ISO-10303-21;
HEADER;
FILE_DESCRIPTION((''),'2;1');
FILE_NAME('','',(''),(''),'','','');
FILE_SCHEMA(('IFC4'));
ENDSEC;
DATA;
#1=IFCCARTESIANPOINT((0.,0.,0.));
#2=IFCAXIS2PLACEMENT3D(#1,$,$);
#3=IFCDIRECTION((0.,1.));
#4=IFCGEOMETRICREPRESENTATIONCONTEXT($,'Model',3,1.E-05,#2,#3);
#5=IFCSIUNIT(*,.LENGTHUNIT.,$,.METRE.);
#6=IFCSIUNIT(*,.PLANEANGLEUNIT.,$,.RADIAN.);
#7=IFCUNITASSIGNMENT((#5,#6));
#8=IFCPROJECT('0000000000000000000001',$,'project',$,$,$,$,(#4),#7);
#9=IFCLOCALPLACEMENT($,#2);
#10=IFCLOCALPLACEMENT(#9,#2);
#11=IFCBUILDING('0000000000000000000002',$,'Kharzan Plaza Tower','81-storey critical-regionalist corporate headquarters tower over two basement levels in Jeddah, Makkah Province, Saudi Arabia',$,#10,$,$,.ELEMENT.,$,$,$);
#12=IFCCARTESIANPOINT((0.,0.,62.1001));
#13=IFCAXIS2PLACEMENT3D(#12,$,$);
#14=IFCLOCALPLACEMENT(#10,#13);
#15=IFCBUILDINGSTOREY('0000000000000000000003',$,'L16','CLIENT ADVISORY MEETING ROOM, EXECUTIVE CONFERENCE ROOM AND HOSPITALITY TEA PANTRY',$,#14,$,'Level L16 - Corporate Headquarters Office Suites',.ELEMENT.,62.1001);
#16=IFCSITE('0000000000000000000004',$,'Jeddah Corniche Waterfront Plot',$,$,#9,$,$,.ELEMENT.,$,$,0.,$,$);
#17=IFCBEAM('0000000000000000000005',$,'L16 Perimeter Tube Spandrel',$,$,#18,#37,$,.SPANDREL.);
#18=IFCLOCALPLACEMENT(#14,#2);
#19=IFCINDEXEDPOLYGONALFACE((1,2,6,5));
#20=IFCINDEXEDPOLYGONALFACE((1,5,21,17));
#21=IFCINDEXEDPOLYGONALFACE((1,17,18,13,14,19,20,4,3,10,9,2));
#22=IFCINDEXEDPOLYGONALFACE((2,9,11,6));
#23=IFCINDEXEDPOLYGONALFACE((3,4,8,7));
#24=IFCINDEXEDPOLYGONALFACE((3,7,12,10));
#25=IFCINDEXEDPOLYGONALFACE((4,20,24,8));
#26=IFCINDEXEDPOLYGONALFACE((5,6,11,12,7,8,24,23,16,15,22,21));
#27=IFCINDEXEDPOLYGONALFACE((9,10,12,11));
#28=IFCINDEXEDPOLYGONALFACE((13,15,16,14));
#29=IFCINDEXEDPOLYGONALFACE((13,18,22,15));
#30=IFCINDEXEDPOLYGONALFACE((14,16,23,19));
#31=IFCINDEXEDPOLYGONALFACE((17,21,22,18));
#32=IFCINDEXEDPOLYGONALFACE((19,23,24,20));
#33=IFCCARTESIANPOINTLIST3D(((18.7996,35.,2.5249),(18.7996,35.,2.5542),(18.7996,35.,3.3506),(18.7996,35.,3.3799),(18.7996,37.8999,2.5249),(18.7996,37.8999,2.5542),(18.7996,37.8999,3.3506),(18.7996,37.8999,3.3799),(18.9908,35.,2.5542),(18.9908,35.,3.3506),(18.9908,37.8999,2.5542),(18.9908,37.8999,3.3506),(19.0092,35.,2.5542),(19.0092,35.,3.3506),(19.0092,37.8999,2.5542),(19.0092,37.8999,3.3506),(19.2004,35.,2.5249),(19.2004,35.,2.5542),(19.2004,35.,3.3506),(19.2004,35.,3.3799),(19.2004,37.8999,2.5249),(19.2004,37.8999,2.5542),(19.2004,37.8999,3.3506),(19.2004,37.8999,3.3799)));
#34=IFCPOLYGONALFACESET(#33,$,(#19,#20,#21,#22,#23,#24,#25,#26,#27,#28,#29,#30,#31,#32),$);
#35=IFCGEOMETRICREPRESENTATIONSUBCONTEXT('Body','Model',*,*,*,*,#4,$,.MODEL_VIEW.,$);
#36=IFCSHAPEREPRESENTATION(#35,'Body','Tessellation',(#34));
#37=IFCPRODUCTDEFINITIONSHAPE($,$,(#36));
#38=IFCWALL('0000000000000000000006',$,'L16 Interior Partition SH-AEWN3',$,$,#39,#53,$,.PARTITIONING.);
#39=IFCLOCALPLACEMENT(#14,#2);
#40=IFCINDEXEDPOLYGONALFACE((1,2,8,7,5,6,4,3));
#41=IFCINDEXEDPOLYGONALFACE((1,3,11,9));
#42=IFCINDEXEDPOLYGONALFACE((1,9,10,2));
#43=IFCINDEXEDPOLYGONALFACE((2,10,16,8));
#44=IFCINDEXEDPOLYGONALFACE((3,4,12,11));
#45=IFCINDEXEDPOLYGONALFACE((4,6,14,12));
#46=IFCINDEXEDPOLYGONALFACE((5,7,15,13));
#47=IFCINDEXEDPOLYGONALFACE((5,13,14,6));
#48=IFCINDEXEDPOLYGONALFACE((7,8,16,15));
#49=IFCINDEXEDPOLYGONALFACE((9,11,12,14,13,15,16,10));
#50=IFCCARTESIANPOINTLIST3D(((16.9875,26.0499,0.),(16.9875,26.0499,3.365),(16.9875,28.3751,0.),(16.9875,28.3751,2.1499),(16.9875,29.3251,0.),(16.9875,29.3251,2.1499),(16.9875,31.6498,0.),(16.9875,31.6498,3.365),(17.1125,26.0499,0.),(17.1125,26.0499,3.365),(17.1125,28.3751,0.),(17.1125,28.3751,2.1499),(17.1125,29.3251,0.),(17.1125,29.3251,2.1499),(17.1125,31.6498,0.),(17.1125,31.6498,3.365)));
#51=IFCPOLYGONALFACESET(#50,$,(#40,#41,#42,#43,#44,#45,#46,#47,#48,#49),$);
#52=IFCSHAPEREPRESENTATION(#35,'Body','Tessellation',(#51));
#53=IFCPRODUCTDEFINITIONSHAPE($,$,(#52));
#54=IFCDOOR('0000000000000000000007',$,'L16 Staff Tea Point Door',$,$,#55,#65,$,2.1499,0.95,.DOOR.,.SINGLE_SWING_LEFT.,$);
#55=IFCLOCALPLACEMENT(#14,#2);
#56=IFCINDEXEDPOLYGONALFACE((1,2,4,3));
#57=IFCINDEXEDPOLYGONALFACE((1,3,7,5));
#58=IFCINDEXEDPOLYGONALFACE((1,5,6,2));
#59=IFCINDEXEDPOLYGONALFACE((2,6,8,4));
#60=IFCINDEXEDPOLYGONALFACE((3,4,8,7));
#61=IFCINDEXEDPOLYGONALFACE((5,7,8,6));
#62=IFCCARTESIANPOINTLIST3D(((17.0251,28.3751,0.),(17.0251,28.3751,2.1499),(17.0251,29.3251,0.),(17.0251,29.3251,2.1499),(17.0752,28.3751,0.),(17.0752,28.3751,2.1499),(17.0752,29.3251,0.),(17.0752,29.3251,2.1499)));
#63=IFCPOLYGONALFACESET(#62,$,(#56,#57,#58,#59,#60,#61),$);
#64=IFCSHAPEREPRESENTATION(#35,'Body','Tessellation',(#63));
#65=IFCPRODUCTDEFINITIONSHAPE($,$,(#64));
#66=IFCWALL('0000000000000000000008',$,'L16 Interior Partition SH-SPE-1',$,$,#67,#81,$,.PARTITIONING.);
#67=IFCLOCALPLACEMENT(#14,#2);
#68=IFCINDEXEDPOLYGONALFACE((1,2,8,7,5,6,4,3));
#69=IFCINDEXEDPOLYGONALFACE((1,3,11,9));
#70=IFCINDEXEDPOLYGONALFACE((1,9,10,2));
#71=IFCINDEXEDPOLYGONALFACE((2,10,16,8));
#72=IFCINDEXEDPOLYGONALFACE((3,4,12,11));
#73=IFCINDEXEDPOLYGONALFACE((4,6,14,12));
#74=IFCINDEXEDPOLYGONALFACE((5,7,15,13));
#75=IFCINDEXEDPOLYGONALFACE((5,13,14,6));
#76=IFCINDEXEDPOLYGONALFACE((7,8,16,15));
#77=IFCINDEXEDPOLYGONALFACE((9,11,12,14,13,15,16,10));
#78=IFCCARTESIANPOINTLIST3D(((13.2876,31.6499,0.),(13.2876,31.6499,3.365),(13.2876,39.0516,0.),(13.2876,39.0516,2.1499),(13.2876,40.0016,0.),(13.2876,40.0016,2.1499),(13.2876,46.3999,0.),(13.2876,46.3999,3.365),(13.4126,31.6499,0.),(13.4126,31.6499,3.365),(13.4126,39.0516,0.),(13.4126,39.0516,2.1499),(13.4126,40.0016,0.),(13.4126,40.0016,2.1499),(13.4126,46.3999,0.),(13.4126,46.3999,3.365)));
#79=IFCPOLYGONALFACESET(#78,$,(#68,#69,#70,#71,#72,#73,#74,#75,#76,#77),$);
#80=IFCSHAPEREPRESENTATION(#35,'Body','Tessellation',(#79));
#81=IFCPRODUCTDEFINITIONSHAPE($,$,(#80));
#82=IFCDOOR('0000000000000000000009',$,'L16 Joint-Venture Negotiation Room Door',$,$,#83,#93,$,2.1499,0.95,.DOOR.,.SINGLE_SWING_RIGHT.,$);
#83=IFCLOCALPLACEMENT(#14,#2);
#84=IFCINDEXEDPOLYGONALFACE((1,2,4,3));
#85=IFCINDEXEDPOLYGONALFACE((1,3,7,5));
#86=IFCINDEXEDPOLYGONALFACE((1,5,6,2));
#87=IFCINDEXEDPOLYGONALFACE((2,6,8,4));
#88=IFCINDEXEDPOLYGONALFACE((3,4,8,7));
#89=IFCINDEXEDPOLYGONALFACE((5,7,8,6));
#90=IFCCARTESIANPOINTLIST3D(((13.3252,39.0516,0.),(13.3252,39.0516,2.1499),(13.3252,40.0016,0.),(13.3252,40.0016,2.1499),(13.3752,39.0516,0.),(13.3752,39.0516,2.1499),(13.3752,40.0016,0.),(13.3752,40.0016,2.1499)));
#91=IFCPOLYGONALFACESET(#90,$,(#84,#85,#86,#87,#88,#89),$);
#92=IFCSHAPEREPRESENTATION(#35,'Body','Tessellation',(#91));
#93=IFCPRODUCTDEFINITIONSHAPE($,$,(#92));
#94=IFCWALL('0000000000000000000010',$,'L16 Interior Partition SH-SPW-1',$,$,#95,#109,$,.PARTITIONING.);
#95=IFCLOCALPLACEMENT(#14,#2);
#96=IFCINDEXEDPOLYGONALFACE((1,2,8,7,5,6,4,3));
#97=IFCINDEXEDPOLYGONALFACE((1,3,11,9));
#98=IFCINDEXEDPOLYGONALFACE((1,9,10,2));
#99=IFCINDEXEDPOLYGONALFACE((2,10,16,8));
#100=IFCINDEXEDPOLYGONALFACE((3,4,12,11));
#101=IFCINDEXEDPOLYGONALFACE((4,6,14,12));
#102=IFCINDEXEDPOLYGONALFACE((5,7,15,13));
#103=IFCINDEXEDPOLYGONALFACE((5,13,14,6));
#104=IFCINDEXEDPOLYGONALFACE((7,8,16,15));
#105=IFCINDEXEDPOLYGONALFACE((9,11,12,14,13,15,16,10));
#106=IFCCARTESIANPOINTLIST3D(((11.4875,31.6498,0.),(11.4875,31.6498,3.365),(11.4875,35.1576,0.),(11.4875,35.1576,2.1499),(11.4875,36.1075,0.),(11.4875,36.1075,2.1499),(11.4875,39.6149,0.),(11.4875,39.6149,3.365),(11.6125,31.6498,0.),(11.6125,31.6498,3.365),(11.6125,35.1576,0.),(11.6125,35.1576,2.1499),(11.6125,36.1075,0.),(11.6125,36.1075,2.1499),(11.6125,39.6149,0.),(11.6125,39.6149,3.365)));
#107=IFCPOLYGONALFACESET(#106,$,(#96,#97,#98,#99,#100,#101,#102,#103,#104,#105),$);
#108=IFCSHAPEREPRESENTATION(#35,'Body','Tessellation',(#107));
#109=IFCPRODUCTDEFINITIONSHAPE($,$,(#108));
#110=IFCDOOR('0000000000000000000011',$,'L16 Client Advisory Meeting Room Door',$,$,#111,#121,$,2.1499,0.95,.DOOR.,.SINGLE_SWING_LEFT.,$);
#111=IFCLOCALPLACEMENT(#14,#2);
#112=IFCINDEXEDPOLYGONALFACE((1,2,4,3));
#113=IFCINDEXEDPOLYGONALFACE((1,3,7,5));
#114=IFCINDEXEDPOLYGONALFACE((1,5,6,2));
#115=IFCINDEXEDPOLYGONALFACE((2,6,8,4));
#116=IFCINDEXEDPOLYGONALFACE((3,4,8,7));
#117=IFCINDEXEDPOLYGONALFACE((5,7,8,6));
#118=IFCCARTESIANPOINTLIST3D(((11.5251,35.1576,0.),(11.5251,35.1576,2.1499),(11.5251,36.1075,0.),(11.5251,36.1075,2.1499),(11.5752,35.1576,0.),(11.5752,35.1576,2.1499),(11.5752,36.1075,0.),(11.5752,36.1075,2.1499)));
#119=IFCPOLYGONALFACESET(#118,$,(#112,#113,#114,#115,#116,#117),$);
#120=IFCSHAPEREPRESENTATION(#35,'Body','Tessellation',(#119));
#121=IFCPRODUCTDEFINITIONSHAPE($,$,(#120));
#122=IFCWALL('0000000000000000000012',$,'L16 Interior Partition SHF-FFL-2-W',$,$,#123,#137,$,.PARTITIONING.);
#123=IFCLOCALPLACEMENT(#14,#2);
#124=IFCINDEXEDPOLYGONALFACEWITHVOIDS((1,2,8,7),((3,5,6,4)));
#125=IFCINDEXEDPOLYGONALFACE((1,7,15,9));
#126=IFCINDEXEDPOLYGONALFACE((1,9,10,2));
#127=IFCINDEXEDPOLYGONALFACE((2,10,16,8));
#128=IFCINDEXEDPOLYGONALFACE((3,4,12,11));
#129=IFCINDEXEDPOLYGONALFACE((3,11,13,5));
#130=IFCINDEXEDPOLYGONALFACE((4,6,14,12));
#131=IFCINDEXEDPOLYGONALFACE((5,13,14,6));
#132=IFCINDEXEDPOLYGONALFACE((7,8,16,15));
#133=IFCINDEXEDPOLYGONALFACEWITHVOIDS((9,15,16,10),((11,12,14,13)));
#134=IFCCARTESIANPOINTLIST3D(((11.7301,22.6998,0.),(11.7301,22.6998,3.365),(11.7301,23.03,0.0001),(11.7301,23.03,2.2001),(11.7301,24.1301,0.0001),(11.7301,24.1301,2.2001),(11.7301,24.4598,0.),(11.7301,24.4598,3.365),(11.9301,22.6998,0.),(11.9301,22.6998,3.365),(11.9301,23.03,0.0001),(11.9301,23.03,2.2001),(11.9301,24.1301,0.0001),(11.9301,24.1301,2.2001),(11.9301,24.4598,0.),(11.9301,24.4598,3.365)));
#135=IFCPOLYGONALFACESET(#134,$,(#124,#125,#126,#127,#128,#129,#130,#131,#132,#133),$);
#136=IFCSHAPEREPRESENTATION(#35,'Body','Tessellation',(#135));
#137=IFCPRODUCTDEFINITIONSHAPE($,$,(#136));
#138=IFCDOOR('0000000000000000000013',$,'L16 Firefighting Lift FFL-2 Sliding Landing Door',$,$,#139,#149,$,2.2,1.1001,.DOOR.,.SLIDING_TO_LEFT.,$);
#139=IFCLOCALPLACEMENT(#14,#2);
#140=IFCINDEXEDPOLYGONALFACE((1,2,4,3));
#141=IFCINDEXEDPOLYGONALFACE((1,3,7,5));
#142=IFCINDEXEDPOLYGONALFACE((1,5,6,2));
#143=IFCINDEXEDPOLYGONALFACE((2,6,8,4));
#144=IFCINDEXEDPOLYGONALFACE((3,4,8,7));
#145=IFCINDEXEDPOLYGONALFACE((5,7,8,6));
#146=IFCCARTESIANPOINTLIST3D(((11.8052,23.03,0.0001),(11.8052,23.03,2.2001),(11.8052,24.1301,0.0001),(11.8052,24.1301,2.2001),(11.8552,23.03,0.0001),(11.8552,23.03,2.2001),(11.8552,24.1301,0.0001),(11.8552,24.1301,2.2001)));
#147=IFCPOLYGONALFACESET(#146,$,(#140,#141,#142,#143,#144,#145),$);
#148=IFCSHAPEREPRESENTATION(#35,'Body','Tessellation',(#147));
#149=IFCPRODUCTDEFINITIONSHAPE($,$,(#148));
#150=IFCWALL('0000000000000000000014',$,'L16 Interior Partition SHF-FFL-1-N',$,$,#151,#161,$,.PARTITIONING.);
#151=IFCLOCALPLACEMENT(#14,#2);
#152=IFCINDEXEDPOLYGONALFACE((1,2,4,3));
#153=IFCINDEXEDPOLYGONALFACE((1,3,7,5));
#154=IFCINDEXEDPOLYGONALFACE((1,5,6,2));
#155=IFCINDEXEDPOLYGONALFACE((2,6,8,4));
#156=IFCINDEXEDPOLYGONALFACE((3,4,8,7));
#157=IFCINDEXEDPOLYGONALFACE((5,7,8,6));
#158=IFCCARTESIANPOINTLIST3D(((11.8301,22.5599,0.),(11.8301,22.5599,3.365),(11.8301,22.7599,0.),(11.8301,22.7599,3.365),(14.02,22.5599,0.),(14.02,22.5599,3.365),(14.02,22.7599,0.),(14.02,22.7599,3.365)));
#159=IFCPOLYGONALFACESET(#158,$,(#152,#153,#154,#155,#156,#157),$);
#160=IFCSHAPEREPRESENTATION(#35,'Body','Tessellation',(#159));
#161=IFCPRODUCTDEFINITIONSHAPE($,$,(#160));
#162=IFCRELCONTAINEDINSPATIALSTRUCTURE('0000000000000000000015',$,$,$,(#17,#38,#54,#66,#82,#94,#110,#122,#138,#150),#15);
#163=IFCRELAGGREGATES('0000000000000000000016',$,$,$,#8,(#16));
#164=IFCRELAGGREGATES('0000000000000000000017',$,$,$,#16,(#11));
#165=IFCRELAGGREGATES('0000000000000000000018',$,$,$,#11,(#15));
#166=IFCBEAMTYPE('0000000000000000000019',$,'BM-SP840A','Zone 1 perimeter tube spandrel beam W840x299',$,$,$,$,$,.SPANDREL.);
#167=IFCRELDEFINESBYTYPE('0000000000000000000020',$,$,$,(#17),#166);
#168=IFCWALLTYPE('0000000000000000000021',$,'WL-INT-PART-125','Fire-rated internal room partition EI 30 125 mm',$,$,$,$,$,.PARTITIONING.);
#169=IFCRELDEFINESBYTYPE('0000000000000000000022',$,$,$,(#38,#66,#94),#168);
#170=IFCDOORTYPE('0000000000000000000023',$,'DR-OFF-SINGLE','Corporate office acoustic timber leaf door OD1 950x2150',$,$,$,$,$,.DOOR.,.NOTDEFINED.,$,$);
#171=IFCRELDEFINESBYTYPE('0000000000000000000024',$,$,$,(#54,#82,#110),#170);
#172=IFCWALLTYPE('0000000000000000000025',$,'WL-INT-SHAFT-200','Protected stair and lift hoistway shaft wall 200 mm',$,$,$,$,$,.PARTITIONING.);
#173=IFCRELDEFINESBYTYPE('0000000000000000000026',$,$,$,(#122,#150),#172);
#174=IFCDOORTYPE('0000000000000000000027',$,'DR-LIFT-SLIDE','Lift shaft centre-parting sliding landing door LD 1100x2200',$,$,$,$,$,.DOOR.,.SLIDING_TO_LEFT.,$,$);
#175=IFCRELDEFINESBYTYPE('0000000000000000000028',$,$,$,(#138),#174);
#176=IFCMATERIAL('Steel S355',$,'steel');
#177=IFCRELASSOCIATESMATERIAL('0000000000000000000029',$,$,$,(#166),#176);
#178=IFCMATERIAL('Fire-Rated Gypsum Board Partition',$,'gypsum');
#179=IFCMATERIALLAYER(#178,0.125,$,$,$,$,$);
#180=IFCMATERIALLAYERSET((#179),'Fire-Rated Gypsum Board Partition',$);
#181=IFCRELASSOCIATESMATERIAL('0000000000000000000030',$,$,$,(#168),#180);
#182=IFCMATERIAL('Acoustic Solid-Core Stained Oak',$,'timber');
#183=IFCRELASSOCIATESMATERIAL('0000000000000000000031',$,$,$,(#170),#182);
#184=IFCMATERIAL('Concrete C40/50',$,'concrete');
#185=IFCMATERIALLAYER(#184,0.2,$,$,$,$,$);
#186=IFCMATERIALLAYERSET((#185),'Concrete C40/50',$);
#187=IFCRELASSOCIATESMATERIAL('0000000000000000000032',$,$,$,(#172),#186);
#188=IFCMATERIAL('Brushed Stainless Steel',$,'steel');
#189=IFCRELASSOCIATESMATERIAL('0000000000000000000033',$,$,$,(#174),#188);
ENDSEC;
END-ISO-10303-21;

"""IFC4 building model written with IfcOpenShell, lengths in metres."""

from ifc_helpers import new_model, si_unit, direction, frame, frame_2d, origin, origin_2d, place, context, subcontext, project, spatial, rectangle, i_section, extrude, source, transform, mapped, material, layer, layer_set, material_profile, profile_set, type_object, element, fill, save


model = new_model("IFC4")

# Units and contexts
model_context = context("Model", 3, precision=1e-05, world=origin(), true_north=direction((0.0, 1.0)))
body_context = subcontext(model_context, "Body", "Model", "MODEL_VIEW")
ifc_project = project(units=[si_unit("LENGTHUNIT", "METRE"), si_unit("PLANEANGLEUNIT", "RADIAN")], contexts=[model_context])

# Site, building, storey
site_placement = place(None, origin())
site = spatial("IfcSite", under=ifc_project, at=site_placement, Name="Jeddah Corniche Waterfront Plot", CompositionType="ELEMENT", RefElevation=0.0)
building_placement = place(site_placement, origin())
building = spatial("IfcBuilding", under=site, at=building_placement, Name="Kharzan Plaza Tower", Description="81-storey critical-regionalist corporate headquarters tower over two basement levels in Jeddah, Makkah Province, Saudi Arabia", CompositionType="ELEMENT")
storey_placement = place(building_placement, frame((0.0, 0.0, 62.1001)))
storey = spatial("IfcBuildingStorey", under=building, at=storey_placement, Name="L16", Description="CLIENT ADVISORY MEETING ROOM, EXECUTIVE CONFERENCE ROOM AND HOSPITALITY TEA PANTRY", LongName="Level L16 - Corporate Headquarters Office Suites", CompositionType="ELEMENT", Elevation=62.1001)

# Beam
ifc_material_1 = material(Name="Steel S355", Category="steel")
ifc_material_profile_1 = material_profile(ifc_material_1, i_section(OverallWidth=0.4009, OverallDepth=0.855, WebThickness=0.0183, FlangeThickness=0.0293, at=origin_2d()), Name="W840x299")
ifc_profile_set_1 = profile_set([ifc_material_profile_1], Name="Steel S355")
beam_type_1 = type_object("IfcBeamType", Name="BM-SP840A", Description="Zone 1 perimeter tube spandrel beam W840x299", PredefinedType="SPANDREL", material=ifc_profile_set_1)
shared_shape_1 = source(origin(), body_context, "Body", "SweptSolid", [
    extrude(i_section(OverallWidth=0.4009, OverallDepth=0.855, WebThickness=0.0183, FlangeThickness=0.0293, at=origin_2d()), origin(), (0.0, 0.0, 1.0), 2.8999),
])
beam_1_placement = place(storey_placement, frame((19.0, 35.0, 2.9524), z_axis=(0.0, 1.0, 0.0), x_axis=(-1.0, 0.0, 0.0)))
element("IfcBeam", 1, at=beam_1_placement, inside=storey, type_object=beam_type_1, Name="L16 Perimeter Tube Spandrel", PredefinedType="SPANDREL", context=body_context, shape_type="MappedRepresentation", body=[
    mapped(shared_shape_1, transform((0.0, 0.0, 0.0), x_axis=(1.0, 0.0, 0.0), y_axis=(0.0, 1.0, 0.0), z_axis=(0.0, 0.0, 1.0))),
])

# Walls, openings, doors
ifc_material_2 = material(Name="Fire-Rated Gypsum Board Partition", Category="gypsum")
ifc_layer_1 = layer(ifc_material_2, 0.125)
ifc_layer_set_1 = layer_set([ifc_layer_1], Name="Fire-Rated Gypsum Board Partition")
wall_type_1 = type_object("IfcWallType", Name="WL-INT-PART-125", Description="Fire-rated internal room partition EI 30 125 mm", PredefinedType="PARTITIONING", material=ifc_layer_set_1)
wall_1_placement = place(storey_placement, frame((17.05, 26.05, 0.0), z_axis=(0.0, 0.0, 1.0), x_axis=(0.0, 1.0, 0.0)))
wall_1 = element("IfcWall", 2, at=wall_1_placement, inside=storey, type_object=wall_type_1, Name="L16 Interior Partition SH-AEWN3", PredefinedType="PARTITIONING", context=body_context, shape_type="SweptSolid", body=[
    extrude(rectangle(XDim=5.5999, YDim=0.125, at=frame_2d((2.7998, 0.0))), origin(), (0.0, 0.0, 1.0), 3.365),
])
opening_1_placement = place(wall_1_placement, frame((2.325, 0.0, 0.0)))
opening_1 = element("IfcOpeningElement", 3, at=opening_1_placement, cuts=wall_1, PredefinedType="OPENING", context=body_context, shape_type="SweptSolid", body=[
    extrude(rectangle(XDim=0.95, YDim=2.1499, at=frame_2d((0.4751, 1.075))), frame((0.0, 0.0725, 0.0), z_axis=(0.0, -1.0, 0.0), x_axis=(1.0, 0.0, 0.0)), (0.0, 0.0, 1.0), 0.145),
])
ifc_material_3 = material(Name="Acoustic Solid-Core Stained Oak", Category="timber")
door_type_1 = type_object("IfcDoorType", Name="DR-OFF-SINGLE", Description="Corporate office acoustic timber leaf door OD1 950x2150", OperationType="NOTDEFINED", PredefinedType="DOOR", material=ifc_material_3)
shared_shape_2 = source(origin(), body_context, "Body", "SweptSolid", [
    extrude(rectangle(XDim=0.95, YDim=2.1499, at=frame_2d((0.4751, 1.075))), frame((0.0, 0.0249, 0.0), z_axis=(0.0, -1.0, 0.0), x_axis=(1.0, 0.0, 0.0)), (0.0, 0.0, 1.0), 0.05),
])
door_1_placement = place(opening_1_placement, origin())
door_1 = element("IfcDoor", 4, at=door_1_placement, inside=storey, type_object=door_type_1, Name="L16 Staff Tea Point Door", OperationType="SINGLE_SWING_LEFT", OverallHeight=2.1499, OverallWidth=0.95, PredefinedType="DOOR", context=body_context, shape_type="MappedRepresentation", body=[
    mapped(shared_shape_2, transform((0.0, 0.0, 0.0), x_axis=(1.0, 0.0, 0.0), y_axis=(0.0, 1.0, 0.0), z_axis=(0.0, 0.0, 1.0))),
])
fill(opening_1, door_1)
wall_2_placement = place(storey_placement, frame((13.3501, 31.6499, 0.0), z_axis=(0.0, 0.0, 1.0), x_axis=(0.0, 1.0, 0.0)))
wall_2 = element("IfcWall", 5, at=wall_2_placement, inside=storey, type_object=wall_type_1, Name="L16 Interior Partition SH-SPE-1", PredefinedType="PARTITIONING", context=body_context, shape_type="SweptSolid", body=[
    extrude(rectangle(XDim=14.75, YDim=0.125, at=frame_2d((7.375, 0.0))), origin(), (0.0, 0.0, 1.0), 3.365),
])
opening_2_placement = place(wall_2_placement, frame((7.4016, 0.0, 0.0)))
opening_2 = element("IfcOpeningElement", 6, at=opening_2_placement, cuts=wall_2, PredefinedType="OPENING", context=body_context, shape_type="SweptSolid", body=[
    extrude(rectangle(XDim=0.95, YDim=2.1499, at=frame_2d((0.4751, 1.075))), frame((0.0, 0.0725, 0.0), z_axis=(0.0, -1.0, 0.0), x_axis=(1.0, 0.0, 0.0)), (0.0, 0.0, 1.0), 0.145),
])
door_2_placement = place(opening_2_placement, origin())
door_2 = element("IfcDoor", 7, at=door_2_placement, inside=storey, type_object=door_type_1, Name="L16 Joint-Venture Negotiation Room Door", OperationType="SINGLE_SWING_RIGHT", OverallHeight=2.1499, OverallWidth=0.95, PredefinedType="DOOR", context=body_context, shape_type="MappedRepresentation", body=[
    mapped(shared_shape_2, transform((0.0, 0.0, 0.0), x_axis=(1.0, 0.0, 0.0), y_axis=(0.0, 1.0, 0.0), z_axis=(0.0, 0.0, 1.0))),
])
fill(opening_2, door_2)
wall_3_placement = place(storey_placement, frame((11.55, 31.6499, 0.0), z_axis=(0.0, 0.0, 1.0), x_axis=(0.0, 1.0, 0.0)))
wall_3 = element("IfcWall", 8, at=wall_3_placement, inside=storey, type_object=wall_type_1, Name="L16 Interior Partition SH-SPW-1", PredefinedType="PARTITIONING", context=body_context, shape_type="SweptSolid", body=[
    extrude(rectangle(XDim=7.9651, YDim=0.125, at=frame_2d((3.9824, 0.0))), origin(), (0.0, 0.0, 1.0), 3.365),
])
opening_3_placement = place(wall_3_placement, frame((3.5076, 0.0, 0.0)))
opening_3 = element("IfcOpeningElement", 9, at=opening_3_placement, cuts=wall_3, PredefinedType="OPENING", context=body_context, shape_type="SweptSolid", body=[
    extrude(rectangle(XDim=0.95, YDim=2.1499, at=frame_2d((0.4751, 1.075))), frame((0.0, 0.0725, 0.0), z_axis=(0.0, -1.0, 0.0), x_axis=(1.0, 0.0, 0.0)), (0.0, 0.0, 1.0), 0.145),
])
door_3_placement = place(opening_3_placement, origin())
door_3 = element("IfcDoor", 10, at=door_3_placement, inside=storey, type_object=door_type_1, Name="L16 Client Advisory Meeting Room Door", OperationType="SINGLE_SWING_LEFT", OverallHeight=2.1499, OverallWidth=0.95, PredefinedType="DOOR", context=body_context, shape_type="MappedRepresentation", body=[
    mapped(shared_shape_2, transform((0.0, 0.0, 0.0), x_axis=(1.0, 0.0, 0.0), y_axis=(0.0, 1.0, 0.0), z_axis=(0.0, 0.0, 1.0))),
])
fill(opening_3, door_3)
ifc_material_4 = material(Name="Concrete C40/50", Category="concrete")
ifc_layer_2 = layer(ifc_material_4, 0.2)
ifc_layer_set_2 = layer_set([ifc_layer_2], Name="Concrete C40/50")
wall_type_2 = type_object("IfcWallType", Name="WL-INT-SHAFT-200", Description="Protected stair and lift hoistway shaft wall 200 mm", PredefinedType="PARTITIONING", material=ifc_layer_set_2)
wall_4_placement = place(storey_placement, frame((11.8301, 22.7, 0.0), z_axis=(0.0, 0.0, 1.0), x_axis=(0.0, 1.0, 0.0)))
wall_4 = element("IfcWall", 11, at=wall_4_placement, inside=storey, type_object=wall_type_2, Name="L16 Interior Partition SHF-FFL-2-W", PredefinedType="PARTITIONING", context=body_context, shape_type="SweptSolid", body=[
    extrude(rectangle(XDim=1.76, YDim=0.2, at=frame_2d((0.8799, 0.0))), origin(), (0.0, 0.0, 1.0), 3.365),
])
opening_4_placement = place(wall_4_placement, frame((0.3301, 0.0, 0.0)))
opening_4 = element("IfcOpeningElement", 12, at=opening_4_placement, cuts=wall_4, PredefinedType="OPENING", context=body_context, shape_type="SweptSolid", body=[
    extrude(rectangle(XDim=1.1001, YDim=2.2, at=frame_2d((0.55, 1.1001))), frame((0.0, 0.1099, 0.0), z_axis=(0.0, -1.0, 0.0), x_axis=(1.0, 0.0, 0.0)), (0.0, 0.0, 1.0), 0.22),
])
ifc_material_5 = material(Name="Brushed Stainless Steel", Category="steel")
door_type_2 = type_object("IfcDoorType", Name="DR-LIFT-SLIDE", Description="Lift shaft centre-parting sliding landing door LD 1100x2200", OperationType="SLIDING_TO_LEFT", PredefinedType="DOOR", material=ifc_material_5)
shared_shape_3 = source(origin(), body_context, "Body", "SweptSolid", [
    extrude(rectangle(XDim=1.1001, YDim=2.2, at=frame_2d((0.55, 1.1001))), frame((0.0, 0.0249, 0.0), z_axis=(0.0, -1.0, 0.0), x_axis=(1.0, 0.0, 0.0)), (0.0, 0.0, 1.0), 0.05),
])
door_4_placement = place(opening_4_placement, origin())
door_4 = element("IfcDoor", 13, at=door_4_placement, inside=storey, type_object=door_type_2, Name="L16 Firefighting Lift FFL-2 Sliding Landing Door", OperationType="SLIDING_TO_LEFT", OverallHeight=2.2, OverallWidth=1.1001, PredefinedType="DOOR", context=body_context, shape_type="MappedRepresentation", body=[
    mapped(shared_shape_3, transform((0.0, 0.0, 0.0), x_axis=(1.0, 0.0, 0.0), y_axis=(0.0, 1.0, 0.0), z_axis=(0.0, 0.0, 1.0))),
])
fill(opening_4, door_4)

# Wall
shared_shape_4 = source(origin(), body_context, "Body", "SweptSolid", [
    extrude(rectangle(XDim=2.1899, YDim=0.2, at=frame_2d((1.095, 0.0))), origin(), (0.0, 0.0, 1.0), 3.365),
])
for number, where, z_axis, x_axis, name in (
    (14, (11.8301, 22.6599, 0.0), (0.0, 0.0, 1.0), (1.0, 0.0, 0.0), "L16 Interior Partition SHF-FFL-1-N"),
):
    element("IfcWall", number, at=place(storey_placement, frame(where, z_axis=z_axis, x_axis=x_axis)), inside=storey, type_object=wall_type_2, Name=name, PredefinedType="PARTITIONING", context=body_context, shape_type="MappedRepresentation", body=[
        mapped(shared_shape_4, transform((0.0, 0.0, 0.0), x_axis=(1.0, 0.0, 0.0), y_axis=(0.0, 1.0, 0.0), z_axis=(0.0, 0.0, 1.0))),
    ])

save(model, "model.ifc")
